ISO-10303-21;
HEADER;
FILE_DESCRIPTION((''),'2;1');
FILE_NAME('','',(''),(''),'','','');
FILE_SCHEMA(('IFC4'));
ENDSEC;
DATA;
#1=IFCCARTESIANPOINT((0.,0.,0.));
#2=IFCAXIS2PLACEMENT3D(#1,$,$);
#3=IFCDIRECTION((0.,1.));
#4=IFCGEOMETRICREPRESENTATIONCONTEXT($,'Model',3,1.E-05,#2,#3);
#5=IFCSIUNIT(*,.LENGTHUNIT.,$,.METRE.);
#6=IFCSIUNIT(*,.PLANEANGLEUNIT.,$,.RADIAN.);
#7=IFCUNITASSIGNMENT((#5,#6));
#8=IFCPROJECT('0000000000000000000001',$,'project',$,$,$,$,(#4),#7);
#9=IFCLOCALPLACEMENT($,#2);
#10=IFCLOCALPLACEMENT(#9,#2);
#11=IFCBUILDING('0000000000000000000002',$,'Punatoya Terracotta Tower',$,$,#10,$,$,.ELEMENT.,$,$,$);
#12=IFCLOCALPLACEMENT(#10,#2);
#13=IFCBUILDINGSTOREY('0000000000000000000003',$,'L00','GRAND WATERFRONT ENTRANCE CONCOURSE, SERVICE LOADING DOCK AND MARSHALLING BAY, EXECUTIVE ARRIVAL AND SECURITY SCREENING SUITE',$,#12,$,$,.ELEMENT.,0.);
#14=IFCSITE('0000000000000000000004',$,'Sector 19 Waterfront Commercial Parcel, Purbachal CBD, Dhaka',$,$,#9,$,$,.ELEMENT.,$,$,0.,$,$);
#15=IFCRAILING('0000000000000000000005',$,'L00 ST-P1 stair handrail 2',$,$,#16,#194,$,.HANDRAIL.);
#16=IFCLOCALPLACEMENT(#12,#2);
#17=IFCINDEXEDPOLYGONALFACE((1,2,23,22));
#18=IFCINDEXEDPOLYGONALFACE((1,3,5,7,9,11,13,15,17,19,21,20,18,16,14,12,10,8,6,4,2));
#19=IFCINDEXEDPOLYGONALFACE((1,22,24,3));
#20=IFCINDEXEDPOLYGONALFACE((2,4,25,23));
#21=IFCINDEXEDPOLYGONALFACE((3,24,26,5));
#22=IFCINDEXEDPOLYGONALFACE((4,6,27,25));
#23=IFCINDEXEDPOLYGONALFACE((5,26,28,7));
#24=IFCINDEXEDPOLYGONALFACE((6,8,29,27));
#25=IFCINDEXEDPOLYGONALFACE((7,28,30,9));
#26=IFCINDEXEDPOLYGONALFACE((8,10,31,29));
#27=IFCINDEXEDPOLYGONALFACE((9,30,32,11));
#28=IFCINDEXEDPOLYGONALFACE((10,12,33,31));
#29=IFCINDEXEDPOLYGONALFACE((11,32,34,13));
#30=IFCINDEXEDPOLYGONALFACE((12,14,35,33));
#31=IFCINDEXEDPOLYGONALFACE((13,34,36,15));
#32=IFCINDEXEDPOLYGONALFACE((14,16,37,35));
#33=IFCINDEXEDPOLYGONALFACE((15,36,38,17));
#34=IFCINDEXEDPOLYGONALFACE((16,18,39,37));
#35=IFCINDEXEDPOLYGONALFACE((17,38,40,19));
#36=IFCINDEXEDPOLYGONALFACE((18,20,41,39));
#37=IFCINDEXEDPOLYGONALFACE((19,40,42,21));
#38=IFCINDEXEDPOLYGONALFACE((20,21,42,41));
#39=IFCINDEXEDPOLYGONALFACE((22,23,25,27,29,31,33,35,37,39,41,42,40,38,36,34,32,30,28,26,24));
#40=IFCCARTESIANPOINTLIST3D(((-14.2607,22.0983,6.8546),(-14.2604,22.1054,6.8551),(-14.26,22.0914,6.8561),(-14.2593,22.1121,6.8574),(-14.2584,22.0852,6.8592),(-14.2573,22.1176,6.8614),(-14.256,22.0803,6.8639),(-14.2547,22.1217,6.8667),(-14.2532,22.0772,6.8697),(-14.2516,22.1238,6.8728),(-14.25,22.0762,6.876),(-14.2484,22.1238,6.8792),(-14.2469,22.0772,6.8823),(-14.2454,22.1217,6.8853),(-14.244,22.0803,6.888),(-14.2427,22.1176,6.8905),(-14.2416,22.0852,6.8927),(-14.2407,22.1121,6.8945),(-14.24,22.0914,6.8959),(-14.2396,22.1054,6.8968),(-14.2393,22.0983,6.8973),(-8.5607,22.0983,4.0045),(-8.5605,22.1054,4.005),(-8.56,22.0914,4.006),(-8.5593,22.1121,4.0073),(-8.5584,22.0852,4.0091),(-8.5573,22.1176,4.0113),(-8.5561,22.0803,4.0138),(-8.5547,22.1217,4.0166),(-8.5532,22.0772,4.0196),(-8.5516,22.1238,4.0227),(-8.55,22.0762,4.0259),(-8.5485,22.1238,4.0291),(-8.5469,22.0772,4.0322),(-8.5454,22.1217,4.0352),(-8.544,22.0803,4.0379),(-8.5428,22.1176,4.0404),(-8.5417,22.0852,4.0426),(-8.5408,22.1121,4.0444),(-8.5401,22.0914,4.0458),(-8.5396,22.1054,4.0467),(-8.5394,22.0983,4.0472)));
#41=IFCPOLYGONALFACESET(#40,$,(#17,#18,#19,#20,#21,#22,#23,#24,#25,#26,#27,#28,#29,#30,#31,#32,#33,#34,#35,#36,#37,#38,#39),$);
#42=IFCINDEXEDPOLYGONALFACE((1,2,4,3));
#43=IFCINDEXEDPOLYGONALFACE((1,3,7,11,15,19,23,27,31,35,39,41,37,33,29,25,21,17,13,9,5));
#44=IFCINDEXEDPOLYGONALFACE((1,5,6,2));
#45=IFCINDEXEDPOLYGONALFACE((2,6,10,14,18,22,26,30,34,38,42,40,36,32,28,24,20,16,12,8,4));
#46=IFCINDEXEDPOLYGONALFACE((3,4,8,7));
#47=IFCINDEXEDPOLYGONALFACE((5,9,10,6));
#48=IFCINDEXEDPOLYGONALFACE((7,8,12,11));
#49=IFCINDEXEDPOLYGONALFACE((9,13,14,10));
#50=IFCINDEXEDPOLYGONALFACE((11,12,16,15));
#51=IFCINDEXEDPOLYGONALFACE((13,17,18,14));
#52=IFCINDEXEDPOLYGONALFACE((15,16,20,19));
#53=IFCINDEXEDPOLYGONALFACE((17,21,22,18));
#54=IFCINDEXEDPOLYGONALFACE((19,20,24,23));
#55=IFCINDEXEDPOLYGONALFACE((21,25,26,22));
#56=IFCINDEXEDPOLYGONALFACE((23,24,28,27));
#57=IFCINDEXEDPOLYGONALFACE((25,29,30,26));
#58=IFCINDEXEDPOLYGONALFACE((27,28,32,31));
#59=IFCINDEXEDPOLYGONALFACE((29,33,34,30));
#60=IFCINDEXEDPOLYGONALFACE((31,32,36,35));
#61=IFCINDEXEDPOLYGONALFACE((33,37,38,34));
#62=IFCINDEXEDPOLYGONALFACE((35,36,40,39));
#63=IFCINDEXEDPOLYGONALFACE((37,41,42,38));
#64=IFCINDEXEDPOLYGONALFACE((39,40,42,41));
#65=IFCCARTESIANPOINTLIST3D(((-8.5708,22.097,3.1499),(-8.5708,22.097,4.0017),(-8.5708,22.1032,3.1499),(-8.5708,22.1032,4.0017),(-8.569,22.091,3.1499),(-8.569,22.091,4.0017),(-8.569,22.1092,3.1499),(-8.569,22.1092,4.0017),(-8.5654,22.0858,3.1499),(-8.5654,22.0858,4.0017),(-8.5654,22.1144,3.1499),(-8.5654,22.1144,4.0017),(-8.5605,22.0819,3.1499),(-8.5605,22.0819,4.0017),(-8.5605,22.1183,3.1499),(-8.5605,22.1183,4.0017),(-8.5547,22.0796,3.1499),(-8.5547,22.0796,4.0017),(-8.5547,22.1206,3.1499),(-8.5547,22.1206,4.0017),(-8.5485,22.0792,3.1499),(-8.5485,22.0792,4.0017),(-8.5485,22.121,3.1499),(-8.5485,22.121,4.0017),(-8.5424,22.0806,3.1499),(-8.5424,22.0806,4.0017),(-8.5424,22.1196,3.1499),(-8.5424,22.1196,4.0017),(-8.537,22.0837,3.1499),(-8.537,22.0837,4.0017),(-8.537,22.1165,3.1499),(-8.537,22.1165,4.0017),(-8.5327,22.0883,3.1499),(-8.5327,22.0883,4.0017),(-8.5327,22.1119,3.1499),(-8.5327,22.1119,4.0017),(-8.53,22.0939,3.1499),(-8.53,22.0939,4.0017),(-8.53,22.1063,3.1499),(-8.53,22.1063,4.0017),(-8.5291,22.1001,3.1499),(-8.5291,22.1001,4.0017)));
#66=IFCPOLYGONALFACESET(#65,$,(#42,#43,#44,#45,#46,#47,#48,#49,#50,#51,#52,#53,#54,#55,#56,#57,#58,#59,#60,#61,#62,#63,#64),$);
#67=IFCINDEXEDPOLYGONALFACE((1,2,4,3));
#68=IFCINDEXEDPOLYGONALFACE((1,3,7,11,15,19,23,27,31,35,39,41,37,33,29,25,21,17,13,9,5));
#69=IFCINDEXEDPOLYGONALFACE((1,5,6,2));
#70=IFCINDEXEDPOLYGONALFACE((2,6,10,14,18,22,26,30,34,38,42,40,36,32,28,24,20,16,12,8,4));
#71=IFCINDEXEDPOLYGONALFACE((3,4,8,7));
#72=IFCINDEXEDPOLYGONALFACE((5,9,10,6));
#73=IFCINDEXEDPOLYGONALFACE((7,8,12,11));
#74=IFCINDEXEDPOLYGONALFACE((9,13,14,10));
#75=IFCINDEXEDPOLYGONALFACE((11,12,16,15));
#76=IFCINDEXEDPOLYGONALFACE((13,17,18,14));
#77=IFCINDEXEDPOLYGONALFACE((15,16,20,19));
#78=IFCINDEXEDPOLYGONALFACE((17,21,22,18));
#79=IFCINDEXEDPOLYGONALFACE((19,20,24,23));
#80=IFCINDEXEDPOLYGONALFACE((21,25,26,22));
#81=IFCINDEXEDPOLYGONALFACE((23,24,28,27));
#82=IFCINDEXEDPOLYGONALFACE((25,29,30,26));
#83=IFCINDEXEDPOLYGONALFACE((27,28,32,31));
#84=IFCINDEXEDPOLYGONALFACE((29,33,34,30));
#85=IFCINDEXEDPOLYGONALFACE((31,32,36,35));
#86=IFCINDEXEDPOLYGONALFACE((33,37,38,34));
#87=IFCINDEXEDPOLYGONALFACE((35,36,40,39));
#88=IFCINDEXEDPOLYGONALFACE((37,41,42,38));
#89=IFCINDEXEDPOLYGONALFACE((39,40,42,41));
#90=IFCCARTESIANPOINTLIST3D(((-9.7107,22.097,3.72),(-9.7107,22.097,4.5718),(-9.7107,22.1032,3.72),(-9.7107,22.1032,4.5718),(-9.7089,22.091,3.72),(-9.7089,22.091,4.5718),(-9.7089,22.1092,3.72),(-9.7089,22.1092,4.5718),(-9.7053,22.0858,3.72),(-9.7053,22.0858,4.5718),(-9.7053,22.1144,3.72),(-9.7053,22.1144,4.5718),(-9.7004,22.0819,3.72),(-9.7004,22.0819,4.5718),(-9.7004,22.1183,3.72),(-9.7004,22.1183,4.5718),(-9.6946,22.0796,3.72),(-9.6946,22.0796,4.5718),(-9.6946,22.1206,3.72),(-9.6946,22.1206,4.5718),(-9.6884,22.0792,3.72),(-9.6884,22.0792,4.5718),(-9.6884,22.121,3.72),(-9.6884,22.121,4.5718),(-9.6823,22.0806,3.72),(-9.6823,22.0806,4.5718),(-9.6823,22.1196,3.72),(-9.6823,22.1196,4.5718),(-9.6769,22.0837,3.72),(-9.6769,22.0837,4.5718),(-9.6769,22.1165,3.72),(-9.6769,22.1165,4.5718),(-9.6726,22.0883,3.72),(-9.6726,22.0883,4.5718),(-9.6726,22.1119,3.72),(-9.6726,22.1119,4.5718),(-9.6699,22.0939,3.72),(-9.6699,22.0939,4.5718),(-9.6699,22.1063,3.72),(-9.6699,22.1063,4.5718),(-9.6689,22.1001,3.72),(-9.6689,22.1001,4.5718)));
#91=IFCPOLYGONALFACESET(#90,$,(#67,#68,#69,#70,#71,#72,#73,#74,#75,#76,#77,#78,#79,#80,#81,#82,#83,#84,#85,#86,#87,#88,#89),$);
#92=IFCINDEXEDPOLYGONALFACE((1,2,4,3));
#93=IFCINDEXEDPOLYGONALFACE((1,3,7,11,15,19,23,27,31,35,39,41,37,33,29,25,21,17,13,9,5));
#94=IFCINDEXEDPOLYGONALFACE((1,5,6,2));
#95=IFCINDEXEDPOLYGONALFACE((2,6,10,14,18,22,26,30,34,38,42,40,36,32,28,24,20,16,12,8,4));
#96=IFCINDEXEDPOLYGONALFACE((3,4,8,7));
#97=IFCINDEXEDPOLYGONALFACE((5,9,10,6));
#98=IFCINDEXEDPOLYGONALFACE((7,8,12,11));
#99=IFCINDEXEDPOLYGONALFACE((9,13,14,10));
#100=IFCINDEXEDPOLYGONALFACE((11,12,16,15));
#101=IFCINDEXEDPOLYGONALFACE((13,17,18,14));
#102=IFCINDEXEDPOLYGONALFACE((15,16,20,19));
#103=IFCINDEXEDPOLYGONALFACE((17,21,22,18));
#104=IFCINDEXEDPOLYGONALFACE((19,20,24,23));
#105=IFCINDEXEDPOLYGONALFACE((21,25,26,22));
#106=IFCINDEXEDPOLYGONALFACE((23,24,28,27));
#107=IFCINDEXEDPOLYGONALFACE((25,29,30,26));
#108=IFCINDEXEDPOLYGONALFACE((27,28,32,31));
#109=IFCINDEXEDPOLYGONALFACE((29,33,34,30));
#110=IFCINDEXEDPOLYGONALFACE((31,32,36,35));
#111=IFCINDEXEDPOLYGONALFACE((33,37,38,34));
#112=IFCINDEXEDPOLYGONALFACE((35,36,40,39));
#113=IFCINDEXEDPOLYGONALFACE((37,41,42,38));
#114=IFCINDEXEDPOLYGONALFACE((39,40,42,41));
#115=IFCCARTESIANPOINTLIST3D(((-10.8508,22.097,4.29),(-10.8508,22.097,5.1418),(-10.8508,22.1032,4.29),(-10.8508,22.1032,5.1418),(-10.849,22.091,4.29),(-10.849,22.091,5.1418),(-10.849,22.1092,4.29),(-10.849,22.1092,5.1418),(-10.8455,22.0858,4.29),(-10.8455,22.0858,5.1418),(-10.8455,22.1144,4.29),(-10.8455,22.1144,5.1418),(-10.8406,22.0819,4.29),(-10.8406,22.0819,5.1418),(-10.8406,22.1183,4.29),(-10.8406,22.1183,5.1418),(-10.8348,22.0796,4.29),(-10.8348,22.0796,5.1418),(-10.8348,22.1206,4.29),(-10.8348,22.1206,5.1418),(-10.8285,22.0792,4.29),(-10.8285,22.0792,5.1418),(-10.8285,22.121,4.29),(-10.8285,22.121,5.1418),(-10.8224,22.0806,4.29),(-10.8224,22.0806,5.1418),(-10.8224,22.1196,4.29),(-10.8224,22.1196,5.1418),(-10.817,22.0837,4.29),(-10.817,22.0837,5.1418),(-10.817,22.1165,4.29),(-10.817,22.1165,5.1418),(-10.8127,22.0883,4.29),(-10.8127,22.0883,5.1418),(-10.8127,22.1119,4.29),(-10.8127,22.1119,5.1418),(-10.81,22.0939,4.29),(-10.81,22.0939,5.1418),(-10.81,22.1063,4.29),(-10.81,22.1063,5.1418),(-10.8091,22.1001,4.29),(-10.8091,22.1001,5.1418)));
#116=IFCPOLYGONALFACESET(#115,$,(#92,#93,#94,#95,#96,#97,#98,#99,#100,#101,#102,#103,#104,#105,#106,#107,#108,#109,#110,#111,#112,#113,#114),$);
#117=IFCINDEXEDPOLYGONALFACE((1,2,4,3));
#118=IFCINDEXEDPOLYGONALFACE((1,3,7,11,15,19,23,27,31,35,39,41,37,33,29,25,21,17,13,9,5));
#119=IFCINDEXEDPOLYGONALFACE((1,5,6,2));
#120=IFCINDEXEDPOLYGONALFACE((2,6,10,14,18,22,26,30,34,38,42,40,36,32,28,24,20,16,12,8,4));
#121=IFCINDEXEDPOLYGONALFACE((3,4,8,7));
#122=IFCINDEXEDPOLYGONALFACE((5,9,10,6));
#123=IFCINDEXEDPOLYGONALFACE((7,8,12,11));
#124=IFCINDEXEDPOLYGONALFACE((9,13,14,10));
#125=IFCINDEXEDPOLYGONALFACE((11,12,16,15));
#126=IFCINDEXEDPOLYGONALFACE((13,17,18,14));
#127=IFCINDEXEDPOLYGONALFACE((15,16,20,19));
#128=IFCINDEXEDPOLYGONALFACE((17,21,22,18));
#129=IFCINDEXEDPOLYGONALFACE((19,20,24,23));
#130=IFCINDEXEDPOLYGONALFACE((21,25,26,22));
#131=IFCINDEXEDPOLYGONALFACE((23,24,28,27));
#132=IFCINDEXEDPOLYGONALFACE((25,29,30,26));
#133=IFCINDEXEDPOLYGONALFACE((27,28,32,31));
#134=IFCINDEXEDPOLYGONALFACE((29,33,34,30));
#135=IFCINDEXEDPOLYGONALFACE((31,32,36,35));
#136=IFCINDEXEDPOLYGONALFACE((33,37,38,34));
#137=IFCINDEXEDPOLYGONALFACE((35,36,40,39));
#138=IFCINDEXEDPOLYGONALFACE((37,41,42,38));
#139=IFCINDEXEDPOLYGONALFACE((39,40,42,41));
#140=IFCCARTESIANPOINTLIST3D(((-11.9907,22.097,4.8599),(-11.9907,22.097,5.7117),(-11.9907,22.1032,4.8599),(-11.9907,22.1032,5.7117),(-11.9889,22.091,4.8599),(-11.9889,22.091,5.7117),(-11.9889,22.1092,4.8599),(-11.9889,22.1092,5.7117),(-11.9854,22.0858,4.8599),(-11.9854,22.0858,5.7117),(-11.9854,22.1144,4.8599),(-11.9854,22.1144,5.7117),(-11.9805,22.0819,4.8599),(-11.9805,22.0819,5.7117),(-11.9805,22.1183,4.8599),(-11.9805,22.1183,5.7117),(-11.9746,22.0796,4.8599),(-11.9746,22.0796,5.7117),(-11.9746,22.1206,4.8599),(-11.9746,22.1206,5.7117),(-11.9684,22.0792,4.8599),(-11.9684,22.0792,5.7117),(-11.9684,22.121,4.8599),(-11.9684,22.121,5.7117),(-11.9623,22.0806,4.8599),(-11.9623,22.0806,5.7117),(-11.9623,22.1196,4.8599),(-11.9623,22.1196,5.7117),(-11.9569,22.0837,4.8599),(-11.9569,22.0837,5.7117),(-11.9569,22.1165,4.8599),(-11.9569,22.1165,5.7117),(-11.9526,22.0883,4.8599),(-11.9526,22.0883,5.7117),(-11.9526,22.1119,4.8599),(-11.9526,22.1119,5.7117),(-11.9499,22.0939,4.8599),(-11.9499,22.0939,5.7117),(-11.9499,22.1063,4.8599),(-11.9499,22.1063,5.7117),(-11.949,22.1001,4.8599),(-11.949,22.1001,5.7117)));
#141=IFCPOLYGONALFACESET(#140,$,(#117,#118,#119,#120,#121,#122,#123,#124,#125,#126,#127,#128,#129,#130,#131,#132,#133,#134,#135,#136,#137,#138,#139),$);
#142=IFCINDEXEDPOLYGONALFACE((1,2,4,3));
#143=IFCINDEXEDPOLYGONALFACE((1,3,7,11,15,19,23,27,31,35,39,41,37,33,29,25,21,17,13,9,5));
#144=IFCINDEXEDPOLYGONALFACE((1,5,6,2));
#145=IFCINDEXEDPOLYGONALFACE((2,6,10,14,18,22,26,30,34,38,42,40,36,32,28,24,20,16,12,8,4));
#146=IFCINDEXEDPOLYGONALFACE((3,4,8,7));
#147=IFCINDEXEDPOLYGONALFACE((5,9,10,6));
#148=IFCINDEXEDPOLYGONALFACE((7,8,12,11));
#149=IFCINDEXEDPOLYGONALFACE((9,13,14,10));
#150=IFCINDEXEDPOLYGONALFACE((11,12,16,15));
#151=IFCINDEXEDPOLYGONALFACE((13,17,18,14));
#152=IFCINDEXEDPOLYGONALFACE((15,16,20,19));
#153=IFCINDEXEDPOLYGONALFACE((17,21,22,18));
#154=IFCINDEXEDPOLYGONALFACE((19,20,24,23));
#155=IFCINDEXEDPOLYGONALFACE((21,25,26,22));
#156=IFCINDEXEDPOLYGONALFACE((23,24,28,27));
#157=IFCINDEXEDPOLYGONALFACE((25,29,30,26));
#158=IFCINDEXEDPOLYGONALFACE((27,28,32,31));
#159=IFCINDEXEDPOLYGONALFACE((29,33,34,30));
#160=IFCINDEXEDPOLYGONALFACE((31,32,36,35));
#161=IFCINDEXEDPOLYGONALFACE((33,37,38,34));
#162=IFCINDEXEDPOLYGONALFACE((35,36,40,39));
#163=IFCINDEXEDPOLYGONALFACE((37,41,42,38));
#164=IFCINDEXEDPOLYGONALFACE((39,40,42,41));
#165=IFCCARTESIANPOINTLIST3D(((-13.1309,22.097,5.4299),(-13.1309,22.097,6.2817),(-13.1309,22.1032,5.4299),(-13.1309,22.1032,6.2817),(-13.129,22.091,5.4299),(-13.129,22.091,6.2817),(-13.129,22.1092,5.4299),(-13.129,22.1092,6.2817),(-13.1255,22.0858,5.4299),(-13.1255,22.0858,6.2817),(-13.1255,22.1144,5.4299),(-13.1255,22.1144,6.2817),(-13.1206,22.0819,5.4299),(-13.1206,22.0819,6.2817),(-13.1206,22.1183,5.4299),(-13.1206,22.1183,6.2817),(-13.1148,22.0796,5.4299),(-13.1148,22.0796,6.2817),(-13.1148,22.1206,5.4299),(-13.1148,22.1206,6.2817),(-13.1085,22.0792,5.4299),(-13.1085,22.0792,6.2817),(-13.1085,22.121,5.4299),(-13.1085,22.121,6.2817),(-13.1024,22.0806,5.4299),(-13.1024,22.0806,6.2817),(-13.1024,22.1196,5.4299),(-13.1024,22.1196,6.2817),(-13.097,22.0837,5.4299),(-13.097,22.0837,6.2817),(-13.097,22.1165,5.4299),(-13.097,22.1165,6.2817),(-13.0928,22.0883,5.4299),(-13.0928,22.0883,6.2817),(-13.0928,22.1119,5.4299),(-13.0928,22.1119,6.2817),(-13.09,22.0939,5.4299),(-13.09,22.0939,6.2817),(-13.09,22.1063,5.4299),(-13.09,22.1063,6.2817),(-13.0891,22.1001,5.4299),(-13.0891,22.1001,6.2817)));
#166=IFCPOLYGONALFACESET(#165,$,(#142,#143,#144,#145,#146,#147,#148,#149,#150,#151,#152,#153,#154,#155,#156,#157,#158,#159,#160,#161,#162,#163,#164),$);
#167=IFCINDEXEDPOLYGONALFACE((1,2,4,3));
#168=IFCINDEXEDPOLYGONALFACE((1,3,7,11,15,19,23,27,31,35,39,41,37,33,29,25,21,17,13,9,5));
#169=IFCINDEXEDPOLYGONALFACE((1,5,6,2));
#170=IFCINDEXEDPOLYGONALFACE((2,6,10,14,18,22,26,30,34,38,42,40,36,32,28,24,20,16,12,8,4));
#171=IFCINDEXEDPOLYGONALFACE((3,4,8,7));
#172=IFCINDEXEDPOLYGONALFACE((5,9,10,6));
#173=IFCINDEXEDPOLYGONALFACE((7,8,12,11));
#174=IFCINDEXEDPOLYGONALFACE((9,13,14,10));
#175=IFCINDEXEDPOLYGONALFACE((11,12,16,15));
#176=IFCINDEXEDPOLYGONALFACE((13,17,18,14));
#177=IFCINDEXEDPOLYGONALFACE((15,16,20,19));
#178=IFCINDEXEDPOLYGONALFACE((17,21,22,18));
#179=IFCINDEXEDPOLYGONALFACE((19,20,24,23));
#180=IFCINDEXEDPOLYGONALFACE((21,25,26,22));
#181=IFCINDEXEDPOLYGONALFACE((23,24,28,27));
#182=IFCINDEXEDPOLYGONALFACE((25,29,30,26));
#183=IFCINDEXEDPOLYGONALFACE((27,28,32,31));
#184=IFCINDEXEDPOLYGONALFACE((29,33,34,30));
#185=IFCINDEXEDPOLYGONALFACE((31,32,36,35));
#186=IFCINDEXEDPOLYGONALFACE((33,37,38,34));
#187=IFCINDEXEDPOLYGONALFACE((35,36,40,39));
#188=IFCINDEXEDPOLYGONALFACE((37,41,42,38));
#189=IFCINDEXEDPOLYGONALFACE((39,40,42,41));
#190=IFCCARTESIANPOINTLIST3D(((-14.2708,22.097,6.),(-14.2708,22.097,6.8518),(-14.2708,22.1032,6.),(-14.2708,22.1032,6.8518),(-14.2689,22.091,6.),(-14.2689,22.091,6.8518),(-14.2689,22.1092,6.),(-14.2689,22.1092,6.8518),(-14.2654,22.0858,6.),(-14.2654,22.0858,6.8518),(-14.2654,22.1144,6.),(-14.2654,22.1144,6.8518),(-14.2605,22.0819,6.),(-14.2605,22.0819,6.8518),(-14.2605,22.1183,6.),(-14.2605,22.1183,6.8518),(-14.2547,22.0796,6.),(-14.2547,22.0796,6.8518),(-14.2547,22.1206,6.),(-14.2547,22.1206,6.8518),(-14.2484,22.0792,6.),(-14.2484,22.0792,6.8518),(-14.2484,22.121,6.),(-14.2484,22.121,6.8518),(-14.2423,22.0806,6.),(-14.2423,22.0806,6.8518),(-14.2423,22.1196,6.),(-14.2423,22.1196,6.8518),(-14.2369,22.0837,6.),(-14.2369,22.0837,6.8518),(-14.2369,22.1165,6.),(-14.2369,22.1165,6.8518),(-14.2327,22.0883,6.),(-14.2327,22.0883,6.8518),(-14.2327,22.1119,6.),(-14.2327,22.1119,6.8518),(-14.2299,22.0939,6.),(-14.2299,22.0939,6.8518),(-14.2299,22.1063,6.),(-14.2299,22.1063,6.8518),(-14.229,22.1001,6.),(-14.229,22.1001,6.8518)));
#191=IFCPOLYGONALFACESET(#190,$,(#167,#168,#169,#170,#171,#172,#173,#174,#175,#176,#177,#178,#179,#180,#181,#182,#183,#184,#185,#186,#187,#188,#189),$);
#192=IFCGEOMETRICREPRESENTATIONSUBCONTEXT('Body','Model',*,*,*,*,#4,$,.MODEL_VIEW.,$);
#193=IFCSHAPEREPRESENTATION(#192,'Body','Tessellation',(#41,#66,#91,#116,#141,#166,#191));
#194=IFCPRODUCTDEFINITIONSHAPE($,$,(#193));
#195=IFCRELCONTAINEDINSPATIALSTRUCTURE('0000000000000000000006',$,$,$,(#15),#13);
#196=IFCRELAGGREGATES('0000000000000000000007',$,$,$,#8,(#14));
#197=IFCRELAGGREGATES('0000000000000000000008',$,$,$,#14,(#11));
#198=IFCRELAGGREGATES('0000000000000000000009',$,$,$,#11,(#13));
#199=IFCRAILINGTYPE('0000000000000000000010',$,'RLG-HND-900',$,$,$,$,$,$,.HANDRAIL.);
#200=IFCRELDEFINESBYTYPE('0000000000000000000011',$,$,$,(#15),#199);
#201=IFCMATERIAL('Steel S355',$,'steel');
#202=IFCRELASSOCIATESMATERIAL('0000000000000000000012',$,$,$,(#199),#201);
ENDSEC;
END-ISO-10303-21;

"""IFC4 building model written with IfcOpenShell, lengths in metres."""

from ifc_helpers import new_model, si_unit, direction, frame, origin, origin_2d, place, context, subcontext, project, spatial, circle, extrude, material, type_object, element, save


model = new_model("IFC4")

# Units and contexts
model_context = context("Model", 3, precision=1e-05, world=origin(), true_north=direction((0.0, 1.0)))
body_context = subcontext(model_context, "Body", "Model", "MODEL_VIEW")
ifc_project = project(units=[si_unit("LENGTHUNIT", "METRE"), si_unit("PLANEANGLEUNIT", "RADIAN")], contexts=[model_context])

# Site, building, storey
site_placement = place(None, origin())
site = spatial("IfcSite", under=ifc_project, at=site_placement, Name="Sector 19 Waterfront Commercial Parcel, Purbachal CBD, Dhaka", CompositionType="ELEMENT", RefElevation=0.0)
building_placement = place(site_placement, origin())
building = spatial("IfcBuilding", under=site, at=building_placement, Name="Punatoya Terracotta Tower", CompositionType="ELEMENT")
storey_placement = place(building_placement, origin())
storey = spatial("IfcBuildingStorey", under=building, at=storey_placement, Name="L00", Description="GRAND WATERFRONT ENTRANCE CONCOURSE, SERVICE LOADING DOCK AND MARSHALLING BAY, EXECUTIVE ARRIVAL AND SECURITY SCREENING SUITE", CompositionType="ELEMENT", Elevation=0.0)

# Shared definitions
ifc_material_1 = material(Name="Steel S355", Category="steel")

# Railing
railing_type_1 = type_object("IfcRailingType", Name="RLG-HND-900", PredefinedType="HANDRAIL", material=ifc_material_1)
railing_1_placement = place(storey_placement, frame((-8.55, 22.1001, 3.1499)))
element("IfcRailing", 1, at=railing_1_placement, inside=storey, type_object=railing_type_1, Name="L00 ST-P1 stair handrail 2", PredefinedType="HANDRAIL", context=body_context, shape_type="SweptSolid", body=[
    extrude(circle(Radius=0.0239, at=origin_2d()), frame((0.0, 0.0, 0.876), z_axis=(-0.89442, 0.0, 0.447229), x_axis=(0.0, -1.0, 0.0)), (0.0, 0.0, 1.0), 6.3728),
    extrude(circle(Radius=0.021, at=origin_2d()), origin(), (0.0, 0.0, 1.0), 0.8518),
    extrude(circle(Radius=0.021, at=origin_2d()), frame((-1.1399, 0.0, 0.5701)), (0.0, 0.0, 1.0), 0.8518),
    extrude(circle(Radius=0.021, at=origin_2d()), frame((-2.28, 0.0, 1.1401)), (0.0, 0.0, 1.0), 0.8518),
    extrude(circle(Radius=0.021, at=origin_2d()), frame((-3.4199, 0.0, 1.71)), (0.0, 0.0, 1.0), 0.8518),
    extrude(circle(Radius=0.021, at=origin_2d()), frame((-4.5601, 0.0, 2.28)), (0.0, 0.0, 1.0), 0.8518),
    extrude(circle(Radius=0.021, at=origin_2d()), frame((-5.7, 0.0, 2.8501)), (0.0, 0.0, 1.0), 0.8518),
])

save(model, "model.ifc")
